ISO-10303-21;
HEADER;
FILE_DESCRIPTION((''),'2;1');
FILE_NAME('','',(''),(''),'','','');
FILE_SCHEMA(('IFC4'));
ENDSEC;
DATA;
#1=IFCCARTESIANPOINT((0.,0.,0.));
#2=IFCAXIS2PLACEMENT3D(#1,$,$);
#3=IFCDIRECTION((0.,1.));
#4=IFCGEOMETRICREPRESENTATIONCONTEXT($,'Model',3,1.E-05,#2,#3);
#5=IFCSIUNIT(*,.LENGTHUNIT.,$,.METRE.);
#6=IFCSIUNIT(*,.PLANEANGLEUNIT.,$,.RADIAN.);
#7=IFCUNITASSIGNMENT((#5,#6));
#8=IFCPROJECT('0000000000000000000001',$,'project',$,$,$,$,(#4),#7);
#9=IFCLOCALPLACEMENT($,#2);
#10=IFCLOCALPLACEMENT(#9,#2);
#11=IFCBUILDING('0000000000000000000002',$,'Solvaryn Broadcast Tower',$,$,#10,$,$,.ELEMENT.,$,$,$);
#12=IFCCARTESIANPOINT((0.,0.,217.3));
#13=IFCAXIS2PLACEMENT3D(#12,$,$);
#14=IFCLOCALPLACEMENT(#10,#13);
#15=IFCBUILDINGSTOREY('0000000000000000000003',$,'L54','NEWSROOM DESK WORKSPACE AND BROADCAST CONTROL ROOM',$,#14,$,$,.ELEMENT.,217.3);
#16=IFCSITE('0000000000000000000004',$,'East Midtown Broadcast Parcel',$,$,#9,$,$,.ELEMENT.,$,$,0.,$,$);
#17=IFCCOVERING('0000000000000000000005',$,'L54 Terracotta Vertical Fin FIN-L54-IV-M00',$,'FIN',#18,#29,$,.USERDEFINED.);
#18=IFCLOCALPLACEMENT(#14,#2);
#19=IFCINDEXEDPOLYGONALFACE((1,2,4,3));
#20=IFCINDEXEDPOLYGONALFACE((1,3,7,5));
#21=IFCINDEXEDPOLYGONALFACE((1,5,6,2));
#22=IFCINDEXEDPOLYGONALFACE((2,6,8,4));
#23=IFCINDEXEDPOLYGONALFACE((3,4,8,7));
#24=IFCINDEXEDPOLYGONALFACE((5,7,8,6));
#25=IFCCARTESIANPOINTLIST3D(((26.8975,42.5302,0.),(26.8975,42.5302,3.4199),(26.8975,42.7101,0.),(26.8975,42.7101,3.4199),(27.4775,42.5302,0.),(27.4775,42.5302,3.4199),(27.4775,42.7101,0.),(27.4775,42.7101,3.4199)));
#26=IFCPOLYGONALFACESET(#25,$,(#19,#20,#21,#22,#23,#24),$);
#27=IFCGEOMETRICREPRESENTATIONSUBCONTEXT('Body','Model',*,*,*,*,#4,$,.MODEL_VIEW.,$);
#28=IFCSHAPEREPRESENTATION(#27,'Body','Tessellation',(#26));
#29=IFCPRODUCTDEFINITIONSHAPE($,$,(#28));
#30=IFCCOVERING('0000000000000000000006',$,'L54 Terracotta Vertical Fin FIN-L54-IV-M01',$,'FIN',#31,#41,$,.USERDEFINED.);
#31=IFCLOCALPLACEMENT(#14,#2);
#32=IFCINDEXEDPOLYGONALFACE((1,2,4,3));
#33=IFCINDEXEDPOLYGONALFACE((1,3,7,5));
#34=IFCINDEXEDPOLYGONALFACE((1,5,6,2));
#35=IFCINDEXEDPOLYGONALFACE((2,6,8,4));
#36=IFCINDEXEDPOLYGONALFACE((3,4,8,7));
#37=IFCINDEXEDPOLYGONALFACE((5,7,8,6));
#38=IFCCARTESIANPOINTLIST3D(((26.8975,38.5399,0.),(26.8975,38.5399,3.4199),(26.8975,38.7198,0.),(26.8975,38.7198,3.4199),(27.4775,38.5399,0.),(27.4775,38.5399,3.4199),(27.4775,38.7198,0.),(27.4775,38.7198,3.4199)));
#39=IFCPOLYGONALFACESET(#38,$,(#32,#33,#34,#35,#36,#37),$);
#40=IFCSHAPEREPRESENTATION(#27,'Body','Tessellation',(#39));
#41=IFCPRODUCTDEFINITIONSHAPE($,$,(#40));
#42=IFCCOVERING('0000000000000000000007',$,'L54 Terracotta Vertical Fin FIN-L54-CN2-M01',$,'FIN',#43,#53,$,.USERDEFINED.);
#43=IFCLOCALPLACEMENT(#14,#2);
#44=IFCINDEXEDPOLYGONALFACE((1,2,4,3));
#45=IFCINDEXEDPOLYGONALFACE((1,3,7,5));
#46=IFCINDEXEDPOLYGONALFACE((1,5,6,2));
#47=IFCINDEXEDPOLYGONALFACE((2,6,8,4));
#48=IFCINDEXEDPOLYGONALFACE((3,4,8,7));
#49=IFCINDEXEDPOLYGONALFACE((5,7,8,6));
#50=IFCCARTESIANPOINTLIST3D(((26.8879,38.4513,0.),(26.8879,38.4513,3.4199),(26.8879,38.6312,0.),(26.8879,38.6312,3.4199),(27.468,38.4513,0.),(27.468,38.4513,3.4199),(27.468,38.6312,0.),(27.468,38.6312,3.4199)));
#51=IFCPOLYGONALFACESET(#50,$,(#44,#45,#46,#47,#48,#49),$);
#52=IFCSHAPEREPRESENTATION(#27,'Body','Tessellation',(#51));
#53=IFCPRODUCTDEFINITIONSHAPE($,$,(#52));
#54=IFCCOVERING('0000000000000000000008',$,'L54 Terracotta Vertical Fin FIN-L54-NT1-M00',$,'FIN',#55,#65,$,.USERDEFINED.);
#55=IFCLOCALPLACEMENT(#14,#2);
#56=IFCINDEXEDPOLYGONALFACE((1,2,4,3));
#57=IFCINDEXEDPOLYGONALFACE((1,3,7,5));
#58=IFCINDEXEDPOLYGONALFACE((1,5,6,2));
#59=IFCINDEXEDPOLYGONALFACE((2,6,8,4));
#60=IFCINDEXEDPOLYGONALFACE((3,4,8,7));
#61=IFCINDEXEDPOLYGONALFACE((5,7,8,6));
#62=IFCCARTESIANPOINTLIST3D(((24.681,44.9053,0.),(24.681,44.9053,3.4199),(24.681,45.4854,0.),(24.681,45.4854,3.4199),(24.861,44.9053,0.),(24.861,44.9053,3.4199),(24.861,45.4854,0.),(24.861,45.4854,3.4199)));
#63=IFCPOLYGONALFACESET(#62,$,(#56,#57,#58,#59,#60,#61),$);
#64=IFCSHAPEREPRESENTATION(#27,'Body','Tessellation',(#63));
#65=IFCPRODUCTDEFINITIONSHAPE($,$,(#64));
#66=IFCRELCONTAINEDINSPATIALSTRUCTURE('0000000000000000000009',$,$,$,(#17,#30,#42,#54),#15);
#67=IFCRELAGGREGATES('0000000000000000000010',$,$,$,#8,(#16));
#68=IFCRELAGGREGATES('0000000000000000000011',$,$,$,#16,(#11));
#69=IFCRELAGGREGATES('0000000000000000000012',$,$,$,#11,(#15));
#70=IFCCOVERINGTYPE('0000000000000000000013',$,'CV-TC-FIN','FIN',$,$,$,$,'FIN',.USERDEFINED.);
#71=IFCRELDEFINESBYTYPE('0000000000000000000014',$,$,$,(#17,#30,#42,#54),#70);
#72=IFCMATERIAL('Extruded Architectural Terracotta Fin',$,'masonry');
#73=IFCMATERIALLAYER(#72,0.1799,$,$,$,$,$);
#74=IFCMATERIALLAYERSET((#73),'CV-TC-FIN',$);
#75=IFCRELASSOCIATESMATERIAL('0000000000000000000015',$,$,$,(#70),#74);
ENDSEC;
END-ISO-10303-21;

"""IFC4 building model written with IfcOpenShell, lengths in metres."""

from ifc_helpers import new_model, si_unit, direction, frame, origin, origin_2d, place, context, subcontext, project, spatial, rectangle, extrude, material, layer, layer_set, type_object, element, save


model = new_model("IFC4")

# Units and contexts
model_context = context("Model", 3, precision=1e-05, world=origin(), true_north=direction((0.0, 1.0)))
body_context = subcontext(model_context, "Body", "Model", "MODEL_VIEW")
ifc_project = project(units=[si_unit("LENGTHUNIT", "METRE"), si_unit("PLANEANGLEUNIT", "RADIAN")], contexts=[model_context])

# Site, building, storey
site_placement = place(None, origin())
site = spatial("IfcSite", under=ifc_project, at=site_placement, Name="East Midtown Broadcast Parcel", CompositionType="ELEMENT", RefElevation=0.0)
building_placement = place(site_placement, origin())
building = spatial("IfcBuilding", under=site, at=building_placement, Name="Solvaryn Broadcast Tower", CompositionType="ELEMENT")
storey_placement = place(building_placement, frame((0.0, 0.0, 217.3)))
storey = spatial("IfcBuildingStorey", under=building, at=storey_placement, Name="L54", Description="NEWSROOM DESK WORKSPACE AND BROADCAST CONTROL ROOM", CompositionType="ELEMENT", Elevation=217.3)

# Coverings
ifc_material_1 = material(Name="Extruded Architectural Terracotta Fin", Category="masonry")
ifc_layer_1 = layer(ifc_material_1, 0.1799)
ifc_layer_set_1 = layer_set([ifc_layer_1], Name="CV-TC-FIN")
covering_type = type_object("IfcCoveringType", Name="CV-TC-FIN", Description="FIN", ElementType="FIN", PredefinedType="USERDEFINED", material=ifc_layer_set_1)
for number, where, z_axis, x_axis, name in (
    (1, (27.1875, 42.6201, 0.0), (0.0, 0.0, 1.0), (1.0, 0.0, 0.0), "L54 Terracotta Vertical Fin FIN-L54-IV-M00"),
    (2, (27.1875, 38.6299, 0.0), (0.0, 0.0, 1.0), (1.0, 0.0, 0.0), "L54 Terracotta Vertical Fin FIN-L54-IV-M01"),
    (3, (27.178, 38.5413, 0.0), (0.0, 0.0, 1.0), (1.0, 0.0, 0.0), "L54 Terracotta Vertical Fin FIN-L54-CN2-M01"),
):
    element("IfcCovering", number, at=place(storey_placement, frame(where, z_axis=z_axis, x_axis=x_axis)), inside=storey, type_object=covering_type, Name=name, ObjectType="FIN", PredefinedType="USERDEFINED", context=body_context, shape_type="SweptSolid", body=[
        extrude(rectangle(XDim=0.5801, YDim=0.1799, at=origin_2d()), origin(), (0.0, 0.0, 1.0), 3.4199),
    ])
covering_placement = place(storey_placement, frame((24.771, 45.1953, 0.0), z_axis=(0.0, 0.0, 1.0), x_axis=(1.0, 0.0, 0.0)))
element("IfcCovering", 4, at=covering_placement, inside=storey, type_object=covering_type, Name="L54 Terracotta Vertical Fin FIN-L54-NT1-M00", ObjectType="FIN", PredefinedType="USERDEFINED", context=body_context, shape_type="SweptSolid", body=[
    extrude(rectangle(XDim=0.1799, YDim=0.5801, at=origin_2d()), origin(), (0.0, 0.0, 1.0), 3.4199),
])

save(model, "model.ifc")
